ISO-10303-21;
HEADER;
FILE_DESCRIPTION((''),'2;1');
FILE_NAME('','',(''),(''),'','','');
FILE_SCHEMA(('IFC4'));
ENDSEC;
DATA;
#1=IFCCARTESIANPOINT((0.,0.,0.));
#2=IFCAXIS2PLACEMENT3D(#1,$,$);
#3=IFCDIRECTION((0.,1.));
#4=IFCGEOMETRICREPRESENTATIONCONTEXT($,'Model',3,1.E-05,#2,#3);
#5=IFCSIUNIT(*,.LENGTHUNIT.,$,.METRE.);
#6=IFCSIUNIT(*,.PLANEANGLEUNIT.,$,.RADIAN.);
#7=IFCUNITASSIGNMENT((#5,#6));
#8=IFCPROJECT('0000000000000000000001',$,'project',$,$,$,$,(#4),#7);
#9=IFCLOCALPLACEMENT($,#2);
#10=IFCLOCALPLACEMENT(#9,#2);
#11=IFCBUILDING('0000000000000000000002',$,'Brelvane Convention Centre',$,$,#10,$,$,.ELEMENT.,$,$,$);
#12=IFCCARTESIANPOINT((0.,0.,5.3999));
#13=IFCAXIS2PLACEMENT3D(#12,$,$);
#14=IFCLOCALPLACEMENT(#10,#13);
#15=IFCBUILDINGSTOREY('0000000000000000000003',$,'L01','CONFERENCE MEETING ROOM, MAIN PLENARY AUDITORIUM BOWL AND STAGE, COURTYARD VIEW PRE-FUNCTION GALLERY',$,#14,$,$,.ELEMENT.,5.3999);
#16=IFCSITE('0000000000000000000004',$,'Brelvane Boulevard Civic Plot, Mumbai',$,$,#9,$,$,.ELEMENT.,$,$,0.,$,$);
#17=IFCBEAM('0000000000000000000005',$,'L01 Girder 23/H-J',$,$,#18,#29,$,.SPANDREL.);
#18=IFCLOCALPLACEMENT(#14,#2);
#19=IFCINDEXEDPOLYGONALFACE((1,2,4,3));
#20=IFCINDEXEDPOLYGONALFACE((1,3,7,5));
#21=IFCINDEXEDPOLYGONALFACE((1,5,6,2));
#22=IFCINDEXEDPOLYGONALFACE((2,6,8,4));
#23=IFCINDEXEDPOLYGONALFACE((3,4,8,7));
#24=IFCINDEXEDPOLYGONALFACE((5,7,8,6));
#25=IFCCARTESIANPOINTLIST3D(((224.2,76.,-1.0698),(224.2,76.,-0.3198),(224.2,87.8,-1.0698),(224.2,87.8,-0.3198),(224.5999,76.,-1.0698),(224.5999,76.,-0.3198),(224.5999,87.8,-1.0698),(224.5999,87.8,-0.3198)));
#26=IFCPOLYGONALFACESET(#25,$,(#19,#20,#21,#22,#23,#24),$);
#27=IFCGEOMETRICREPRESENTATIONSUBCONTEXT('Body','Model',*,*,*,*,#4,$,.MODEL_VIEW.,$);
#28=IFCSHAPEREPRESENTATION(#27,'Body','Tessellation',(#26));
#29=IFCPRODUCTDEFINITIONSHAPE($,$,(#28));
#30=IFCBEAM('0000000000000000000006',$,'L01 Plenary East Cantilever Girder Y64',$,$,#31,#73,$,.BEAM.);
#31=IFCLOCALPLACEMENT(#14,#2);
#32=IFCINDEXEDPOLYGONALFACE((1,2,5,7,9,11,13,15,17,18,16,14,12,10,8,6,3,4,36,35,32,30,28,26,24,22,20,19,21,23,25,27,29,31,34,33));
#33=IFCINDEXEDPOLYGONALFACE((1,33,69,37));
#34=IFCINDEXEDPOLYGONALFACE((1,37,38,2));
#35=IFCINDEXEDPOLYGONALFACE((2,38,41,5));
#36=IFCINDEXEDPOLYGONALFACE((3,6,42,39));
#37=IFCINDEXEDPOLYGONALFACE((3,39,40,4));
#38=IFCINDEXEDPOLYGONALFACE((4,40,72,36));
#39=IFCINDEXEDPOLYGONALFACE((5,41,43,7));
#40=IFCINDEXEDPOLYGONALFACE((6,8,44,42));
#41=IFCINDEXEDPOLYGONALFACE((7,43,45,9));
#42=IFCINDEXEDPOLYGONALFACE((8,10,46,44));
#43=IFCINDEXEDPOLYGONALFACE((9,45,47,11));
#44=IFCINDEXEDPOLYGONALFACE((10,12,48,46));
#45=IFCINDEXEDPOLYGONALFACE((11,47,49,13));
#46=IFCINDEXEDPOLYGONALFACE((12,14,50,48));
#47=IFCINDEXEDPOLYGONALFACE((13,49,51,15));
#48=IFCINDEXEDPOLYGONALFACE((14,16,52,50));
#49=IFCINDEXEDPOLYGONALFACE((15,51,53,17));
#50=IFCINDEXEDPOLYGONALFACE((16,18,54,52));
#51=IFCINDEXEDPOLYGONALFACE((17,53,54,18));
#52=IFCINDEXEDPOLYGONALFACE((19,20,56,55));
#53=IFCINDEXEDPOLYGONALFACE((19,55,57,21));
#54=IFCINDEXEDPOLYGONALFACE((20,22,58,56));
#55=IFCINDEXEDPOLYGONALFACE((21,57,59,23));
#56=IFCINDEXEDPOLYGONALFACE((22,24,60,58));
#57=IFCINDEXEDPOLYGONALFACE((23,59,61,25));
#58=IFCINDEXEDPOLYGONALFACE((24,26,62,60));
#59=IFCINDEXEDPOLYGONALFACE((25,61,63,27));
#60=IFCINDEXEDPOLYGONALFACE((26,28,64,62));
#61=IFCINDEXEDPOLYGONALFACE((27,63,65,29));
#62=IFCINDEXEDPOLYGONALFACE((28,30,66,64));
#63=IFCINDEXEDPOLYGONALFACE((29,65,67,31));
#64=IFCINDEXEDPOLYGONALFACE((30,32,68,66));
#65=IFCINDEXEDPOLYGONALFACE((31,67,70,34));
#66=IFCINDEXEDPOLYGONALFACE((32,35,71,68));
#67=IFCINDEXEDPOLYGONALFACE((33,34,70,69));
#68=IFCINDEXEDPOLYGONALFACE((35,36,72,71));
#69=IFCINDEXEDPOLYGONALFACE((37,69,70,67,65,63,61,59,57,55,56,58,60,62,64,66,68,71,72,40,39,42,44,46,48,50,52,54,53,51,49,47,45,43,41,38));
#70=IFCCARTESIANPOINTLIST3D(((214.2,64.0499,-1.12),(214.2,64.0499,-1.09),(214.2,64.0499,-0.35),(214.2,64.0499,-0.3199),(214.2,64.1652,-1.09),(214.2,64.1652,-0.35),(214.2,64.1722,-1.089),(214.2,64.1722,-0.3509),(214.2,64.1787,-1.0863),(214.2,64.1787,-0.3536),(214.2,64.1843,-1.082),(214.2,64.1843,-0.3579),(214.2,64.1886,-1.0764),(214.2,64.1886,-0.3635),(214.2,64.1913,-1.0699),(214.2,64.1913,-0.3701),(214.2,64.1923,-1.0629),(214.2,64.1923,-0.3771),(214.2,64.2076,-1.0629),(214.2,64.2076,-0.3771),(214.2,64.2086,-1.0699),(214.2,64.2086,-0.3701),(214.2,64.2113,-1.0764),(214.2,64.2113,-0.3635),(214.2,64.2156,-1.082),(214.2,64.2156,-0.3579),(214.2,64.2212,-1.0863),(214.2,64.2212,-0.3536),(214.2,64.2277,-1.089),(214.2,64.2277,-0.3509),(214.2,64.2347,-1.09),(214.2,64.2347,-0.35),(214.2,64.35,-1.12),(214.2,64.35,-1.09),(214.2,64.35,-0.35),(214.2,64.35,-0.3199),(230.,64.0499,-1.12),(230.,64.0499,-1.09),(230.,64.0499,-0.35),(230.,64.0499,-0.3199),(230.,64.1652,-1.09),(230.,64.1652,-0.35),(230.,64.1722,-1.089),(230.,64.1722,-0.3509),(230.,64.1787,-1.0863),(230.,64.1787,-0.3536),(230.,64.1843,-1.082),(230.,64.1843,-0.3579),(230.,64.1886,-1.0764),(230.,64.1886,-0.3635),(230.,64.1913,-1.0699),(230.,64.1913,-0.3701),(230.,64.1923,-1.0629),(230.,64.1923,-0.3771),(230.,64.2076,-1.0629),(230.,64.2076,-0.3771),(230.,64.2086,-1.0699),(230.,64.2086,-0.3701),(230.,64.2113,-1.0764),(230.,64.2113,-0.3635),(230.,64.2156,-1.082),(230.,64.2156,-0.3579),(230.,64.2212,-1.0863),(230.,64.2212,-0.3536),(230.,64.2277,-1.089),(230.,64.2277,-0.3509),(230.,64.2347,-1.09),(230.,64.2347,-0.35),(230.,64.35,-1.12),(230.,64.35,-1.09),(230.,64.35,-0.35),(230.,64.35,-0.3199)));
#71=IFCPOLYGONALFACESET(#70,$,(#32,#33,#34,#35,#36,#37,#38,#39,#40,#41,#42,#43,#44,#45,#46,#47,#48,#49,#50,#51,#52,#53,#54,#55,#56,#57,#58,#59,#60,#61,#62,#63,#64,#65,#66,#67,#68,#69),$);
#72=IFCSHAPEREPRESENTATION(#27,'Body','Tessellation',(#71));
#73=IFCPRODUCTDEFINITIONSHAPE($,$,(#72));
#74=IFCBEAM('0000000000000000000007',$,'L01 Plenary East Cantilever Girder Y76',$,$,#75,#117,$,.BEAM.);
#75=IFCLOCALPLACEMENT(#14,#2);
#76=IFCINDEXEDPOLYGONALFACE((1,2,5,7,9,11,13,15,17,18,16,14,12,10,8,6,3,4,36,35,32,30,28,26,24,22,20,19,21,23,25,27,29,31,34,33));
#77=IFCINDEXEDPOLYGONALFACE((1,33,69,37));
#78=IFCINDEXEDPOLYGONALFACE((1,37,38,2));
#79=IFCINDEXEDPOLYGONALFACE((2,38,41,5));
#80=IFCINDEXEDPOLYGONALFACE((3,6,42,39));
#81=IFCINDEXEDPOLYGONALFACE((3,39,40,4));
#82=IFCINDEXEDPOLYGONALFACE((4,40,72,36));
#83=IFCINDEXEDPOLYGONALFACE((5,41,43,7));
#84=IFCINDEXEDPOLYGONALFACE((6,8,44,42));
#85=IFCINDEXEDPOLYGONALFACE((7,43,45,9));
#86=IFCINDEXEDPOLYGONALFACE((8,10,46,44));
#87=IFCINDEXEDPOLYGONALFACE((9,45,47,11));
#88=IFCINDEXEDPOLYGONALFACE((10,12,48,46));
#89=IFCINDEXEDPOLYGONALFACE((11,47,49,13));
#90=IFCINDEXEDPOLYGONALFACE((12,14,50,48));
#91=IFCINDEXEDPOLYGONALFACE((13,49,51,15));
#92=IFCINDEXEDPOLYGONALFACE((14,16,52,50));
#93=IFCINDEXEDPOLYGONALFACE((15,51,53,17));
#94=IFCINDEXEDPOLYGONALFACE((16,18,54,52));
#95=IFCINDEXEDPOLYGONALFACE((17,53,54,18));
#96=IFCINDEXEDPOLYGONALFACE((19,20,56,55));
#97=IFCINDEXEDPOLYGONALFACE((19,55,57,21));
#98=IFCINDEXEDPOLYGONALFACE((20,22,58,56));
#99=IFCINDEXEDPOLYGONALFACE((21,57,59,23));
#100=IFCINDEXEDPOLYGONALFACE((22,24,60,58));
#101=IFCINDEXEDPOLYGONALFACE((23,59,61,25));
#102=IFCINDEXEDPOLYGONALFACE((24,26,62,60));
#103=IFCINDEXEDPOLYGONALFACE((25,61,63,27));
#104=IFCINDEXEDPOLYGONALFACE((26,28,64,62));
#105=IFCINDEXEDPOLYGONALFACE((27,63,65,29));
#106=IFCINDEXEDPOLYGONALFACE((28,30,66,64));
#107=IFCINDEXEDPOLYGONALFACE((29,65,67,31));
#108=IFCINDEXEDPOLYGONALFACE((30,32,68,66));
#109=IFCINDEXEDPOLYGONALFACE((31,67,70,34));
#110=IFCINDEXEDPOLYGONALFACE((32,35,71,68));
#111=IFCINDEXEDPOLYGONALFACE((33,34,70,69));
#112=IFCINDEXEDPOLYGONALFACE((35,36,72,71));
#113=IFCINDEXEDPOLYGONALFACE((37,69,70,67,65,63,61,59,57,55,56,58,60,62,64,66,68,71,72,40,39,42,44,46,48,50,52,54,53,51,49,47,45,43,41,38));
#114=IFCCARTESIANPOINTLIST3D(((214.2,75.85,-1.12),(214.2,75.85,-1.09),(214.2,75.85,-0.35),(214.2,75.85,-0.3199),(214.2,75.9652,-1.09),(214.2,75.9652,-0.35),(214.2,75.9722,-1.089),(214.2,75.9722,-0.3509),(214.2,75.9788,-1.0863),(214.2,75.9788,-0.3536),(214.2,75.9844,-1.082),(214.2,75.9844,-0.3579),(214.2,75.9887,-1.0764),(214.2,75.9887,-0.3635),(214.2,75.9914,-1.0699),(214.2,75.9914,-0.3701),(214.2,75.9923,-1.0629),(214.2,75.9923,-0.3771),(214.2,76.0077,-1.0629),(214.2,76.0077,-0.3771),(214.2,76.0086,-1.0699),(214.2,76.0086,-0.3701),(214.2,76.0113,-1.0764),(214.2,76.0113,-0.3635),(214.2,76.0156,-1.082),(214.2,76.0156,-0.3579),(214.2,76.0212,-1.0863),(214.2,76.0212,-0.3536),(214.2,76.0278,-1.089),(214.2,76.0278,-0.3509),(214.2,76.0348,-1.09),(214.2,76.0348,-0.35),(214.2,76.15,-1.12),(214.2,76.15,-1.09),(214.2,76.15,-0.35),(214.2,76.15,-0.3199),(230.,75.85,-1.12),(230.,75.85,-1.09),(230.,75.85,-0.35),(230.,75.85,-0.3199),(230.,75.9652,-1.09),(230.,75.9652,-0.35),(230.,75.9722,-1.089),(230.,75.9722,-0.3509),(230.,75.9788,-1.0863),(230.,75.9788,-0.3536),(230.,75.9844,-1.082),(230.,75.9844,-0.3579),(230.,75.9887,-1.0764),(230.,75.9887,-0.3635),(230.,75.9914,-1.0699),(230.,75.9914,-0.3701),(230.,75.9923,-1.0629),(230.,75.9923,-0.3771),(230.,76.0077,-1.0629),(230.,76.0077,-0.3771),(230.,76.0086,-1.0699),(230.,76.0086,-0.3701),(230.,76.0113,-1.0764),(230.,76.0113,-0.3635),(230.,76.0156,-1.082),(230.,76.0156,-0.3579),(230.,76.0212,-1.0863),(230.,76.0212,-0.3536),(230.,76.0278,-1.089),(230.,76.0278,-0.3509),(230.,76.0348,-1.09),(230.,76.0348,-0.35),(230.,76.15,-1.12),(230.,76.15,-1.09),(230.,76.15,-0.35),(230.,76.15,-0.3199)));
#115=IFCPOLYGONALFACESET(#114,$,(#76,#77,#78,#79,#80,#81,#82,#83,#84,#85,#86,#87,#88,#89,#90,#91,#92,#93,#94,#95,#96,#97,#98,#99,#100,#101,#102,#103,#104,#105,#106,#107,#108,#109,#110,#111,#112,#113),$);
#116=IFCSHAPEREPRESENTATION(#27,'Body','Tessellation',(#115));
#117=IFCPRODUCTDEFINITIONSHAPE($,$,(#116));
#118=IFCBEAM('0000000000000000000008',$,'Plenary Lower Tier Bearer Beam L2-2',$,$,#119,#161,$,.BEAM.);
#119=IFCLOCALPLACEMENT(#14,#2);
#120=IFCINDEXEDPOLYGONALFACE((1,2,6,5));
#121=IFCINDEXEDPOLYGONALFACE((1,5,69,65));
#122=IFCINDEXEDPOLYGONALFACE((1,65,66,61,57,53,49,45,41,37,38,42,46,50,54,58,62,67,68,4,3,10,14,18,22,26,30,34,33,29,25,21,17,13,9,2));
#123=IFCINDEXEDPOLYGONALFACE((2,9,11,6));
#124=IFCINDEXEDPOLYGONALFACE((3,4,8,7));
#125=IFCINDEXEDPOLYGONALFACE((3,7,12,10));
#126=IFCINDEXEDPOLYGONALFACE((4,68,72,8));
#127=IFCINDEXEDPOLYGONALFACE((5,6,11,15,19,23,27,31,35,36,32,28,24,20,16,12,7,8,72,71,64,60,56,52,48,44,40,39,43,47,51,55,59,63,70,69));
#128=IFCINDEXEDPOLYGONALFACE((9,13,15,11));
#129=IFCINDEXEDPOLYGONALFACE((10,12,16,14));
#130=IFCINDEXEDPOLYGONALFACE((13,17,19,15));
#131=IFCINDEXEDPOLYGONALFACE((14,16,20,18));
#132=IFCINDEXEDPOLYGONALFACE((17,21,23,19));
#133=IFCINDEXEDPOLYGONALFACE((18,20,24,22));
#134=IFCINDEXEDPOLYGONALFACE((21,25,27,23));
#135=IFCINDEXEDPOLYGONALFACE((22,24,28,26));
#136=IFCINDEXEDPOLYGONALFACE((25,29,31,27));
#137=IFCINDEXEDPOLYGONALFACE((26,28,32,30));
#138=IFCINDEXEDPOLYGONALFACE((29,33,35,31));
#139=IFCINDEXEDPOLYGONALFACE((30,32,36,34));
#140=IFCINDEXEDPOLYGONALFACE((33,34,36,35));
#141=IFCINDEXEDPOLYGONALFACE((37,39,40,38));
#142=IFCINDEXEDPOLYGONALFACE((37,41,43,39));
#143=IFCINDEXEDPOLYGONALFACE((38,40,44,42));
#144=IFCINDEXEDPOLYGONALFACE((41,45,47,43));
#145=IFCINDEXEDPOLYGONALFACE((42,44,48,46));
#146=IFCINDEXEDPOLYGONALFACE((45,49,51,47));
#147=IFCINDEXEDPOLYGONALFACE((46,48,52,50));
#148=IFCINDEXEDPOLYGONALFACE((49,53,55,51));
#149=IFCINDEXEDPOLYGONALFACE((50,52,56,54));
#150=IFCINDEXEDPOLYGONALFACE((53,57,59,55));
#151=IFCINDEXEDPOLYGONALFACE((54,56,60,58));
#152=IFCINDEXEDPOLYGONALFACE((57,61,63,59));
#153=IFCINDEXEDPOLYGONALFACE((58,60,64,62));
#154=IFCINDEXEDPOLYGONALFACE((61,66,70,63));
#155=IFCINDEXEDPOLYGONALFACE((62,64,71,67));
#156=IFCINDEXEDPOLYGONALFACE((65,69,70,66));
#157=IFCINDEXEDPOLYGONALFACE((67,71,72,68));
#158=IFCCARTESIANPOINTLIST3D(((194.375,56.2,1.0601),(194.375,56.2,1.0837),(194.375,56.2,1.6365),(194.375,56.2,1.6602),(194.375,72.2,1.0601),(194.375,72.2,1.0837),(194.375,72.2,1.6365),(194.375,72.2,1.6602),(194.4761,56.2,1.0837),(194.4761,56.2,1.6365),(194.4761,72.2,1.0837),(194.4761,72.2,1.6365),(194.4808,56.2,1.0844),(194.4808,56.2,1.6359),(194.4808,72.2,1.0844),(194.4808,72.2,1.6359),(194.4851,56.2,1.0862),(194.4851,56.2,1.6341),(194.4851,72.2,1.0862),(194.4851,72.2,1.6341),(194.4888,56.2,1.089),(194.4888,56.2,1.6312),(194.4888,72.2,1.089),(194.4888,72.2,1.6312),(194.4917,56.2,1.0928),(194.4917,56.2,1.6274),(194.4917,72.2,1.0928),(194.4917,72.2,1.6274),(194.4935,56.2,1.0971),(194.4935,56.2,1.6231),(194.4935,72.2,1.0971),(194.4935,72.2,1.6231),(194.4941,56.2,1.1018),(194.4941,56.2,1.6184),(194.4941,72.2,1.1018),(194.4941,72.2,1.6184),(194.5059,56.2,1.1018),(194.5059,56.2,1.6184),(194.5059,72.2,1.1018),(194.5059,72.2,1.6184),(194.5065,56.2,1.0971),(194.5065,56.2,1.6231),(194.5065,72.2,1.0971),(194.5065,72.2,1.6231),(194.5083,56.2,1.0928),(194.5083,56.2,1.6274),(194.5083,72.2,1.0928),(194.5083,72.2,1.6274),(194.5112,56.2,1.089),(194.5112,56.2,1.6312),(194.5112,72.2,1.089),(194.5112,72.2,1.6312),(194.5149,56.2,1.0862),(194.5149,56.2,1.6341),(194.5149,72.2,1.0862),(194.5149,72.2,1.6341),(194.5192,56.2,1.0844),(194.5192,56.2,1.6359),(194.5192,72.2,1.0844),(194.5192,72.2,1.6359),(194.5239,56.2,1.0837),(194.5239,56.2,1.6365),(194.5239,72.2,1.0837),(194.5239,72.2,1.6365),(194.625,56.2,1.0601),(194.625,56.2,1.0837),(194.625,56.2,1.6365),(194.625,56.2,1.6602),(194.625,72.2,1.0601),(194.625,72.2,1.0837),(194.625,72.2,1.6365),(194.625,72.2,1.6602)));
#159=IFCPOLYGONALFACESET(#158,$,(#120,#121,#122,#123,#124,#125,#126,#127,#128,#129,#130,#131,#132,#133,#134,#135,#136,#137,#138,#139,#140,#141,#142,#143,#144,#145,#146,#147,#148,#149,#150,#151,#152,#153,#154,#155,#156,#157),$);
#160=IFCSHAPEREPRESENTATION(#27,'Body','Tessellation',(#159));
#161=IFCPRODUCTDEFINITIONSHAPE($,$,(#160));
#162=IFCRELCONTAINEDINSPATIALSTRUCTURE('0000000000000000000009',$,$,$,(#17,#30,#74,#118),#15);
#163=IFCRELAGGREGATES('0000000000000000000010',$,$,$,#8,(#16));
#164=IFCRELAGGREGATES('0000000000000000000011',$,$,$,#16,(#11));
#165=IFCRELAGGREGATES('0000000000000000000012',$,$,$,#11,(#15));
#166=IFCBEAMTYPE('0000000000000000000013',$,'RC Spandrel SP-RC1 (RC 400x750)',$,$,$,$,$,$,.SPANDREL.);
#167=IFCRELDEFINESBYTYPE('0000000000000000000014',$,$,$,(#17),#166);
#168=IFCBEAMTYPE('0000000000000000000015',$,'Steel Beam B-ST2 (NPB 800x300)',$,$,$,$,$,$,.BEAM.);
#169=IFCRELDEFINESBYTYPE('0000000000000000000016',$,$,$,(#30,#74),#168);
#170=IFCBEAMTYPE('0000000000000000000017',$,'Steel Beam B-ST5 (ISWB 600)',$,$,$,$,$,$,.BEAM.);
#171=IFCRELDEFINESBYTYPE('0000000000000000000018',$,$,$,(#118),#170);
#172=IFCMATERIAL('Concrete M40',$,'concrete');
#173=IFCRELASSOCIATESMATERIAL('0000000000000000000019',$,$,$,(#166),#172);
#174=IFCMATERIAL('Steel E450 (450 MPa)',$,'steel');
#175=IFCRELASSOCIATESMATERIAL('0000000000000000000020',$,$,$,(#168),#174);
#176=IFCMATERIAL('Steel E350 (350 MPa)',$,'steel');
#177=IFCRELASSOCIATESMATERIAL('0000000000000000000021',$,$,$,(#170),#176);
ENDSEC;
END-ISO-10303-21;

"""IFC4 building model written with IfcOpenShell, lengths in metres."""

from ifc_helpers import new_model, si_unit, direction, frame, origin, origin_2d, place, context, subcontext, project, spatial, rectangle, i_section, extrude, material, material_profile, profile_set, type_object, element, save


model = new_model("IFC4")

# Units and contexts
model_context = context("Model", 3, precision=1e-05, world=origin(), true_north=direction((0.0, 1.0)))
body_context = subcontext(model_context, "Body", "Model", "MODEL_VIEW")
ifc_project = project(units=[si_unit("LENGTHUNIT", "METRE"), si_unit("PLANEANGLEUNIT", "RADIAN")], contexts=[model_context])

# Site, building, storey
site_placement = place(None, origin())
site = spatial("IfcSite", under=ifc_project, at=site_placement, Name="Brelvane Boulevard Civic Plot, Mumbai", CompositionType="ELEMENT", RefElevation=0.0)
building_placement = place(site_placement, origin())
building = spatial("IfcBuilding", under=site, at=building_placement, Name="Brelvane Convention Centre", CompositionType="ELEMENT")
storey_placement = place(building_placement, frame((0.0, 0.0, 5.3999)))
storey = spatial("IfcBuildingStorey", under=building, at=storey_placement, Name="L01", Description="CONFERENCE MEETING ROOM, MAIN PLENARY AUDITORIUM BOWL AND STAGE, COURTYARD VIEW PRE-FUNCTION GALLERY", CompositionType="ELEMENT", Elevation=5.3999)

# Beams
ifc_material_1 = material(Name="Concrete M40", Category="concrete")
ifc_material_profile_1 = material_profile(ifc_material_1, rectangle(XDim=0.3999, YDim=0.75, at=origin_2d()), Name="RC 400x750")
ifc_profile_set_1 = profile_set([ifc_material_profile_1], Name="Concrete M40")
beam_type_1 = type_object("IfcBeamType", Name="RC Spandrel SP-RC1 (RC 400x750)", PredefinedType="SPANDREL", material=ifc_profile_set_1)
for number, where, z_axis, x_axis, name in (
    (1, (224.3999, 76.0, -0.6948), (0.0, 1.0, 0.0), (-1.0, 0.0, 0.0), "L01 Girder 23/H-J"),
):
    element("IfcBeam", number, at=place(storey_placement, frame(where, z_axis=z_axis, x_axis=x_axis)), inside=storey, type_object=beam_type_1, Name=name, PredefinedType="SPANDREL", context=body_context, shape_type="SweptSolid", body=[
        extrude(rectangle(XDim=0.3999, YDim=0.75, at=origin_2d()), origin(), (0.0, 0.0, 1.0), 11.8),
    ])
ifc_material_2 = material(Name="Steel E450 (450 MPa)", Category="steel")
ifc_material_profile_2 = material_profile(ifc_material_2, i_section(OverallWidth=0.3, OverallDepth=0.8, WebThickness=0.0154, FlangeThickness=0.03, FilletRadius=0.0271, at=origin_2d()), Name="NPB 800x300")
ifc_profile_set_2 = profile_set([ifc_material_profile_2], Name="Steel E450 (450 MPa)")
beam_type_2 = type_object("IfcBeamType", Name="Steel Beam B-ST2 (NPB 800x300)", PredefinedType="BEAM", material=ifc_profile_set_2)
for number, where, z_axis, x_axis, name in (
    (2, (214.2, 64.2, -0.72), (1.0, 0.0, 0.0), (0.0, 1.0, 0.0), "L01 Plenary East Cantilever Girder Y64"),
    (3, (214.2, 76.0, -0.72), (1.0, 0.0, 0.0), (0.0, 1.0, 0.0), "L01 Plenary East Cantilever Girder Y76"),
):
    element("IfcBeam", number, at=place(storey_placement, frame(where, z_axis=z_axis, x_axis=x_axis)), inside=storey, type_object=beam_type_2, Name=name, PredefinedType="BEAM", context=body_context, shape_type="SweptSolid", body=[
        extrude(i_section(OverallWidth=0.3, OverallDepth=0.8, WebThickness=0.0154, FlangeThickness=0.03, FilletRadius=0.0271, at=origin_2d()), origin(), (0.0, 0.0, 1.0), 15.8),
    ])
ifc_material_3 = material(Name="Steel E350 (350 MPa)", Category="steel")
ifc_material_profile_3 = material_profile(ifc_material_3, i_section(OverallWidth=0.25, OverallDepth=0.6001, WebThickness=0.0117, FlangeThickness=0.0237, FilletRadius=0.0181, at=origin_2d()), Name="ISWB 600")
ifc_profile_set_3 = profile_set([ifc_material_profile_3], Name="Steel E350 (350 MPa)")
beam_type_3 = type_object("IfcBeamType", Name="Steel Beam B-ST5 (ISWB 600)", PredefinedType="BEAM", material=ifc_profile_set_3)
beam_1_placement = place(storey_placement, frame((194.5, 56.2, 1.3601), z_axis=(0.0, 1.0, 0.0), x_axis=(-1.0, 0.0, 0.0)))
element("IfcBeam", 4, at=beam_1_placement, inside=storey, type_object=beam_type_3, Name="Plenary Lower Tier Bearer Beam L2-2", PredefinedType="BEAM", context=body_context, shape_type="SweptSolid", body=[
    extrude(i_section(OverallWidth=0.25, OverallDepth=0.6001, WebThickness=0.0117, FlangeThickness=0.0237, FilletRadius=0.0181, at=origin_2d()), origin(), (0.0, 0.0, 1.0), 16.0),
])

save(model, "model.ifc")
